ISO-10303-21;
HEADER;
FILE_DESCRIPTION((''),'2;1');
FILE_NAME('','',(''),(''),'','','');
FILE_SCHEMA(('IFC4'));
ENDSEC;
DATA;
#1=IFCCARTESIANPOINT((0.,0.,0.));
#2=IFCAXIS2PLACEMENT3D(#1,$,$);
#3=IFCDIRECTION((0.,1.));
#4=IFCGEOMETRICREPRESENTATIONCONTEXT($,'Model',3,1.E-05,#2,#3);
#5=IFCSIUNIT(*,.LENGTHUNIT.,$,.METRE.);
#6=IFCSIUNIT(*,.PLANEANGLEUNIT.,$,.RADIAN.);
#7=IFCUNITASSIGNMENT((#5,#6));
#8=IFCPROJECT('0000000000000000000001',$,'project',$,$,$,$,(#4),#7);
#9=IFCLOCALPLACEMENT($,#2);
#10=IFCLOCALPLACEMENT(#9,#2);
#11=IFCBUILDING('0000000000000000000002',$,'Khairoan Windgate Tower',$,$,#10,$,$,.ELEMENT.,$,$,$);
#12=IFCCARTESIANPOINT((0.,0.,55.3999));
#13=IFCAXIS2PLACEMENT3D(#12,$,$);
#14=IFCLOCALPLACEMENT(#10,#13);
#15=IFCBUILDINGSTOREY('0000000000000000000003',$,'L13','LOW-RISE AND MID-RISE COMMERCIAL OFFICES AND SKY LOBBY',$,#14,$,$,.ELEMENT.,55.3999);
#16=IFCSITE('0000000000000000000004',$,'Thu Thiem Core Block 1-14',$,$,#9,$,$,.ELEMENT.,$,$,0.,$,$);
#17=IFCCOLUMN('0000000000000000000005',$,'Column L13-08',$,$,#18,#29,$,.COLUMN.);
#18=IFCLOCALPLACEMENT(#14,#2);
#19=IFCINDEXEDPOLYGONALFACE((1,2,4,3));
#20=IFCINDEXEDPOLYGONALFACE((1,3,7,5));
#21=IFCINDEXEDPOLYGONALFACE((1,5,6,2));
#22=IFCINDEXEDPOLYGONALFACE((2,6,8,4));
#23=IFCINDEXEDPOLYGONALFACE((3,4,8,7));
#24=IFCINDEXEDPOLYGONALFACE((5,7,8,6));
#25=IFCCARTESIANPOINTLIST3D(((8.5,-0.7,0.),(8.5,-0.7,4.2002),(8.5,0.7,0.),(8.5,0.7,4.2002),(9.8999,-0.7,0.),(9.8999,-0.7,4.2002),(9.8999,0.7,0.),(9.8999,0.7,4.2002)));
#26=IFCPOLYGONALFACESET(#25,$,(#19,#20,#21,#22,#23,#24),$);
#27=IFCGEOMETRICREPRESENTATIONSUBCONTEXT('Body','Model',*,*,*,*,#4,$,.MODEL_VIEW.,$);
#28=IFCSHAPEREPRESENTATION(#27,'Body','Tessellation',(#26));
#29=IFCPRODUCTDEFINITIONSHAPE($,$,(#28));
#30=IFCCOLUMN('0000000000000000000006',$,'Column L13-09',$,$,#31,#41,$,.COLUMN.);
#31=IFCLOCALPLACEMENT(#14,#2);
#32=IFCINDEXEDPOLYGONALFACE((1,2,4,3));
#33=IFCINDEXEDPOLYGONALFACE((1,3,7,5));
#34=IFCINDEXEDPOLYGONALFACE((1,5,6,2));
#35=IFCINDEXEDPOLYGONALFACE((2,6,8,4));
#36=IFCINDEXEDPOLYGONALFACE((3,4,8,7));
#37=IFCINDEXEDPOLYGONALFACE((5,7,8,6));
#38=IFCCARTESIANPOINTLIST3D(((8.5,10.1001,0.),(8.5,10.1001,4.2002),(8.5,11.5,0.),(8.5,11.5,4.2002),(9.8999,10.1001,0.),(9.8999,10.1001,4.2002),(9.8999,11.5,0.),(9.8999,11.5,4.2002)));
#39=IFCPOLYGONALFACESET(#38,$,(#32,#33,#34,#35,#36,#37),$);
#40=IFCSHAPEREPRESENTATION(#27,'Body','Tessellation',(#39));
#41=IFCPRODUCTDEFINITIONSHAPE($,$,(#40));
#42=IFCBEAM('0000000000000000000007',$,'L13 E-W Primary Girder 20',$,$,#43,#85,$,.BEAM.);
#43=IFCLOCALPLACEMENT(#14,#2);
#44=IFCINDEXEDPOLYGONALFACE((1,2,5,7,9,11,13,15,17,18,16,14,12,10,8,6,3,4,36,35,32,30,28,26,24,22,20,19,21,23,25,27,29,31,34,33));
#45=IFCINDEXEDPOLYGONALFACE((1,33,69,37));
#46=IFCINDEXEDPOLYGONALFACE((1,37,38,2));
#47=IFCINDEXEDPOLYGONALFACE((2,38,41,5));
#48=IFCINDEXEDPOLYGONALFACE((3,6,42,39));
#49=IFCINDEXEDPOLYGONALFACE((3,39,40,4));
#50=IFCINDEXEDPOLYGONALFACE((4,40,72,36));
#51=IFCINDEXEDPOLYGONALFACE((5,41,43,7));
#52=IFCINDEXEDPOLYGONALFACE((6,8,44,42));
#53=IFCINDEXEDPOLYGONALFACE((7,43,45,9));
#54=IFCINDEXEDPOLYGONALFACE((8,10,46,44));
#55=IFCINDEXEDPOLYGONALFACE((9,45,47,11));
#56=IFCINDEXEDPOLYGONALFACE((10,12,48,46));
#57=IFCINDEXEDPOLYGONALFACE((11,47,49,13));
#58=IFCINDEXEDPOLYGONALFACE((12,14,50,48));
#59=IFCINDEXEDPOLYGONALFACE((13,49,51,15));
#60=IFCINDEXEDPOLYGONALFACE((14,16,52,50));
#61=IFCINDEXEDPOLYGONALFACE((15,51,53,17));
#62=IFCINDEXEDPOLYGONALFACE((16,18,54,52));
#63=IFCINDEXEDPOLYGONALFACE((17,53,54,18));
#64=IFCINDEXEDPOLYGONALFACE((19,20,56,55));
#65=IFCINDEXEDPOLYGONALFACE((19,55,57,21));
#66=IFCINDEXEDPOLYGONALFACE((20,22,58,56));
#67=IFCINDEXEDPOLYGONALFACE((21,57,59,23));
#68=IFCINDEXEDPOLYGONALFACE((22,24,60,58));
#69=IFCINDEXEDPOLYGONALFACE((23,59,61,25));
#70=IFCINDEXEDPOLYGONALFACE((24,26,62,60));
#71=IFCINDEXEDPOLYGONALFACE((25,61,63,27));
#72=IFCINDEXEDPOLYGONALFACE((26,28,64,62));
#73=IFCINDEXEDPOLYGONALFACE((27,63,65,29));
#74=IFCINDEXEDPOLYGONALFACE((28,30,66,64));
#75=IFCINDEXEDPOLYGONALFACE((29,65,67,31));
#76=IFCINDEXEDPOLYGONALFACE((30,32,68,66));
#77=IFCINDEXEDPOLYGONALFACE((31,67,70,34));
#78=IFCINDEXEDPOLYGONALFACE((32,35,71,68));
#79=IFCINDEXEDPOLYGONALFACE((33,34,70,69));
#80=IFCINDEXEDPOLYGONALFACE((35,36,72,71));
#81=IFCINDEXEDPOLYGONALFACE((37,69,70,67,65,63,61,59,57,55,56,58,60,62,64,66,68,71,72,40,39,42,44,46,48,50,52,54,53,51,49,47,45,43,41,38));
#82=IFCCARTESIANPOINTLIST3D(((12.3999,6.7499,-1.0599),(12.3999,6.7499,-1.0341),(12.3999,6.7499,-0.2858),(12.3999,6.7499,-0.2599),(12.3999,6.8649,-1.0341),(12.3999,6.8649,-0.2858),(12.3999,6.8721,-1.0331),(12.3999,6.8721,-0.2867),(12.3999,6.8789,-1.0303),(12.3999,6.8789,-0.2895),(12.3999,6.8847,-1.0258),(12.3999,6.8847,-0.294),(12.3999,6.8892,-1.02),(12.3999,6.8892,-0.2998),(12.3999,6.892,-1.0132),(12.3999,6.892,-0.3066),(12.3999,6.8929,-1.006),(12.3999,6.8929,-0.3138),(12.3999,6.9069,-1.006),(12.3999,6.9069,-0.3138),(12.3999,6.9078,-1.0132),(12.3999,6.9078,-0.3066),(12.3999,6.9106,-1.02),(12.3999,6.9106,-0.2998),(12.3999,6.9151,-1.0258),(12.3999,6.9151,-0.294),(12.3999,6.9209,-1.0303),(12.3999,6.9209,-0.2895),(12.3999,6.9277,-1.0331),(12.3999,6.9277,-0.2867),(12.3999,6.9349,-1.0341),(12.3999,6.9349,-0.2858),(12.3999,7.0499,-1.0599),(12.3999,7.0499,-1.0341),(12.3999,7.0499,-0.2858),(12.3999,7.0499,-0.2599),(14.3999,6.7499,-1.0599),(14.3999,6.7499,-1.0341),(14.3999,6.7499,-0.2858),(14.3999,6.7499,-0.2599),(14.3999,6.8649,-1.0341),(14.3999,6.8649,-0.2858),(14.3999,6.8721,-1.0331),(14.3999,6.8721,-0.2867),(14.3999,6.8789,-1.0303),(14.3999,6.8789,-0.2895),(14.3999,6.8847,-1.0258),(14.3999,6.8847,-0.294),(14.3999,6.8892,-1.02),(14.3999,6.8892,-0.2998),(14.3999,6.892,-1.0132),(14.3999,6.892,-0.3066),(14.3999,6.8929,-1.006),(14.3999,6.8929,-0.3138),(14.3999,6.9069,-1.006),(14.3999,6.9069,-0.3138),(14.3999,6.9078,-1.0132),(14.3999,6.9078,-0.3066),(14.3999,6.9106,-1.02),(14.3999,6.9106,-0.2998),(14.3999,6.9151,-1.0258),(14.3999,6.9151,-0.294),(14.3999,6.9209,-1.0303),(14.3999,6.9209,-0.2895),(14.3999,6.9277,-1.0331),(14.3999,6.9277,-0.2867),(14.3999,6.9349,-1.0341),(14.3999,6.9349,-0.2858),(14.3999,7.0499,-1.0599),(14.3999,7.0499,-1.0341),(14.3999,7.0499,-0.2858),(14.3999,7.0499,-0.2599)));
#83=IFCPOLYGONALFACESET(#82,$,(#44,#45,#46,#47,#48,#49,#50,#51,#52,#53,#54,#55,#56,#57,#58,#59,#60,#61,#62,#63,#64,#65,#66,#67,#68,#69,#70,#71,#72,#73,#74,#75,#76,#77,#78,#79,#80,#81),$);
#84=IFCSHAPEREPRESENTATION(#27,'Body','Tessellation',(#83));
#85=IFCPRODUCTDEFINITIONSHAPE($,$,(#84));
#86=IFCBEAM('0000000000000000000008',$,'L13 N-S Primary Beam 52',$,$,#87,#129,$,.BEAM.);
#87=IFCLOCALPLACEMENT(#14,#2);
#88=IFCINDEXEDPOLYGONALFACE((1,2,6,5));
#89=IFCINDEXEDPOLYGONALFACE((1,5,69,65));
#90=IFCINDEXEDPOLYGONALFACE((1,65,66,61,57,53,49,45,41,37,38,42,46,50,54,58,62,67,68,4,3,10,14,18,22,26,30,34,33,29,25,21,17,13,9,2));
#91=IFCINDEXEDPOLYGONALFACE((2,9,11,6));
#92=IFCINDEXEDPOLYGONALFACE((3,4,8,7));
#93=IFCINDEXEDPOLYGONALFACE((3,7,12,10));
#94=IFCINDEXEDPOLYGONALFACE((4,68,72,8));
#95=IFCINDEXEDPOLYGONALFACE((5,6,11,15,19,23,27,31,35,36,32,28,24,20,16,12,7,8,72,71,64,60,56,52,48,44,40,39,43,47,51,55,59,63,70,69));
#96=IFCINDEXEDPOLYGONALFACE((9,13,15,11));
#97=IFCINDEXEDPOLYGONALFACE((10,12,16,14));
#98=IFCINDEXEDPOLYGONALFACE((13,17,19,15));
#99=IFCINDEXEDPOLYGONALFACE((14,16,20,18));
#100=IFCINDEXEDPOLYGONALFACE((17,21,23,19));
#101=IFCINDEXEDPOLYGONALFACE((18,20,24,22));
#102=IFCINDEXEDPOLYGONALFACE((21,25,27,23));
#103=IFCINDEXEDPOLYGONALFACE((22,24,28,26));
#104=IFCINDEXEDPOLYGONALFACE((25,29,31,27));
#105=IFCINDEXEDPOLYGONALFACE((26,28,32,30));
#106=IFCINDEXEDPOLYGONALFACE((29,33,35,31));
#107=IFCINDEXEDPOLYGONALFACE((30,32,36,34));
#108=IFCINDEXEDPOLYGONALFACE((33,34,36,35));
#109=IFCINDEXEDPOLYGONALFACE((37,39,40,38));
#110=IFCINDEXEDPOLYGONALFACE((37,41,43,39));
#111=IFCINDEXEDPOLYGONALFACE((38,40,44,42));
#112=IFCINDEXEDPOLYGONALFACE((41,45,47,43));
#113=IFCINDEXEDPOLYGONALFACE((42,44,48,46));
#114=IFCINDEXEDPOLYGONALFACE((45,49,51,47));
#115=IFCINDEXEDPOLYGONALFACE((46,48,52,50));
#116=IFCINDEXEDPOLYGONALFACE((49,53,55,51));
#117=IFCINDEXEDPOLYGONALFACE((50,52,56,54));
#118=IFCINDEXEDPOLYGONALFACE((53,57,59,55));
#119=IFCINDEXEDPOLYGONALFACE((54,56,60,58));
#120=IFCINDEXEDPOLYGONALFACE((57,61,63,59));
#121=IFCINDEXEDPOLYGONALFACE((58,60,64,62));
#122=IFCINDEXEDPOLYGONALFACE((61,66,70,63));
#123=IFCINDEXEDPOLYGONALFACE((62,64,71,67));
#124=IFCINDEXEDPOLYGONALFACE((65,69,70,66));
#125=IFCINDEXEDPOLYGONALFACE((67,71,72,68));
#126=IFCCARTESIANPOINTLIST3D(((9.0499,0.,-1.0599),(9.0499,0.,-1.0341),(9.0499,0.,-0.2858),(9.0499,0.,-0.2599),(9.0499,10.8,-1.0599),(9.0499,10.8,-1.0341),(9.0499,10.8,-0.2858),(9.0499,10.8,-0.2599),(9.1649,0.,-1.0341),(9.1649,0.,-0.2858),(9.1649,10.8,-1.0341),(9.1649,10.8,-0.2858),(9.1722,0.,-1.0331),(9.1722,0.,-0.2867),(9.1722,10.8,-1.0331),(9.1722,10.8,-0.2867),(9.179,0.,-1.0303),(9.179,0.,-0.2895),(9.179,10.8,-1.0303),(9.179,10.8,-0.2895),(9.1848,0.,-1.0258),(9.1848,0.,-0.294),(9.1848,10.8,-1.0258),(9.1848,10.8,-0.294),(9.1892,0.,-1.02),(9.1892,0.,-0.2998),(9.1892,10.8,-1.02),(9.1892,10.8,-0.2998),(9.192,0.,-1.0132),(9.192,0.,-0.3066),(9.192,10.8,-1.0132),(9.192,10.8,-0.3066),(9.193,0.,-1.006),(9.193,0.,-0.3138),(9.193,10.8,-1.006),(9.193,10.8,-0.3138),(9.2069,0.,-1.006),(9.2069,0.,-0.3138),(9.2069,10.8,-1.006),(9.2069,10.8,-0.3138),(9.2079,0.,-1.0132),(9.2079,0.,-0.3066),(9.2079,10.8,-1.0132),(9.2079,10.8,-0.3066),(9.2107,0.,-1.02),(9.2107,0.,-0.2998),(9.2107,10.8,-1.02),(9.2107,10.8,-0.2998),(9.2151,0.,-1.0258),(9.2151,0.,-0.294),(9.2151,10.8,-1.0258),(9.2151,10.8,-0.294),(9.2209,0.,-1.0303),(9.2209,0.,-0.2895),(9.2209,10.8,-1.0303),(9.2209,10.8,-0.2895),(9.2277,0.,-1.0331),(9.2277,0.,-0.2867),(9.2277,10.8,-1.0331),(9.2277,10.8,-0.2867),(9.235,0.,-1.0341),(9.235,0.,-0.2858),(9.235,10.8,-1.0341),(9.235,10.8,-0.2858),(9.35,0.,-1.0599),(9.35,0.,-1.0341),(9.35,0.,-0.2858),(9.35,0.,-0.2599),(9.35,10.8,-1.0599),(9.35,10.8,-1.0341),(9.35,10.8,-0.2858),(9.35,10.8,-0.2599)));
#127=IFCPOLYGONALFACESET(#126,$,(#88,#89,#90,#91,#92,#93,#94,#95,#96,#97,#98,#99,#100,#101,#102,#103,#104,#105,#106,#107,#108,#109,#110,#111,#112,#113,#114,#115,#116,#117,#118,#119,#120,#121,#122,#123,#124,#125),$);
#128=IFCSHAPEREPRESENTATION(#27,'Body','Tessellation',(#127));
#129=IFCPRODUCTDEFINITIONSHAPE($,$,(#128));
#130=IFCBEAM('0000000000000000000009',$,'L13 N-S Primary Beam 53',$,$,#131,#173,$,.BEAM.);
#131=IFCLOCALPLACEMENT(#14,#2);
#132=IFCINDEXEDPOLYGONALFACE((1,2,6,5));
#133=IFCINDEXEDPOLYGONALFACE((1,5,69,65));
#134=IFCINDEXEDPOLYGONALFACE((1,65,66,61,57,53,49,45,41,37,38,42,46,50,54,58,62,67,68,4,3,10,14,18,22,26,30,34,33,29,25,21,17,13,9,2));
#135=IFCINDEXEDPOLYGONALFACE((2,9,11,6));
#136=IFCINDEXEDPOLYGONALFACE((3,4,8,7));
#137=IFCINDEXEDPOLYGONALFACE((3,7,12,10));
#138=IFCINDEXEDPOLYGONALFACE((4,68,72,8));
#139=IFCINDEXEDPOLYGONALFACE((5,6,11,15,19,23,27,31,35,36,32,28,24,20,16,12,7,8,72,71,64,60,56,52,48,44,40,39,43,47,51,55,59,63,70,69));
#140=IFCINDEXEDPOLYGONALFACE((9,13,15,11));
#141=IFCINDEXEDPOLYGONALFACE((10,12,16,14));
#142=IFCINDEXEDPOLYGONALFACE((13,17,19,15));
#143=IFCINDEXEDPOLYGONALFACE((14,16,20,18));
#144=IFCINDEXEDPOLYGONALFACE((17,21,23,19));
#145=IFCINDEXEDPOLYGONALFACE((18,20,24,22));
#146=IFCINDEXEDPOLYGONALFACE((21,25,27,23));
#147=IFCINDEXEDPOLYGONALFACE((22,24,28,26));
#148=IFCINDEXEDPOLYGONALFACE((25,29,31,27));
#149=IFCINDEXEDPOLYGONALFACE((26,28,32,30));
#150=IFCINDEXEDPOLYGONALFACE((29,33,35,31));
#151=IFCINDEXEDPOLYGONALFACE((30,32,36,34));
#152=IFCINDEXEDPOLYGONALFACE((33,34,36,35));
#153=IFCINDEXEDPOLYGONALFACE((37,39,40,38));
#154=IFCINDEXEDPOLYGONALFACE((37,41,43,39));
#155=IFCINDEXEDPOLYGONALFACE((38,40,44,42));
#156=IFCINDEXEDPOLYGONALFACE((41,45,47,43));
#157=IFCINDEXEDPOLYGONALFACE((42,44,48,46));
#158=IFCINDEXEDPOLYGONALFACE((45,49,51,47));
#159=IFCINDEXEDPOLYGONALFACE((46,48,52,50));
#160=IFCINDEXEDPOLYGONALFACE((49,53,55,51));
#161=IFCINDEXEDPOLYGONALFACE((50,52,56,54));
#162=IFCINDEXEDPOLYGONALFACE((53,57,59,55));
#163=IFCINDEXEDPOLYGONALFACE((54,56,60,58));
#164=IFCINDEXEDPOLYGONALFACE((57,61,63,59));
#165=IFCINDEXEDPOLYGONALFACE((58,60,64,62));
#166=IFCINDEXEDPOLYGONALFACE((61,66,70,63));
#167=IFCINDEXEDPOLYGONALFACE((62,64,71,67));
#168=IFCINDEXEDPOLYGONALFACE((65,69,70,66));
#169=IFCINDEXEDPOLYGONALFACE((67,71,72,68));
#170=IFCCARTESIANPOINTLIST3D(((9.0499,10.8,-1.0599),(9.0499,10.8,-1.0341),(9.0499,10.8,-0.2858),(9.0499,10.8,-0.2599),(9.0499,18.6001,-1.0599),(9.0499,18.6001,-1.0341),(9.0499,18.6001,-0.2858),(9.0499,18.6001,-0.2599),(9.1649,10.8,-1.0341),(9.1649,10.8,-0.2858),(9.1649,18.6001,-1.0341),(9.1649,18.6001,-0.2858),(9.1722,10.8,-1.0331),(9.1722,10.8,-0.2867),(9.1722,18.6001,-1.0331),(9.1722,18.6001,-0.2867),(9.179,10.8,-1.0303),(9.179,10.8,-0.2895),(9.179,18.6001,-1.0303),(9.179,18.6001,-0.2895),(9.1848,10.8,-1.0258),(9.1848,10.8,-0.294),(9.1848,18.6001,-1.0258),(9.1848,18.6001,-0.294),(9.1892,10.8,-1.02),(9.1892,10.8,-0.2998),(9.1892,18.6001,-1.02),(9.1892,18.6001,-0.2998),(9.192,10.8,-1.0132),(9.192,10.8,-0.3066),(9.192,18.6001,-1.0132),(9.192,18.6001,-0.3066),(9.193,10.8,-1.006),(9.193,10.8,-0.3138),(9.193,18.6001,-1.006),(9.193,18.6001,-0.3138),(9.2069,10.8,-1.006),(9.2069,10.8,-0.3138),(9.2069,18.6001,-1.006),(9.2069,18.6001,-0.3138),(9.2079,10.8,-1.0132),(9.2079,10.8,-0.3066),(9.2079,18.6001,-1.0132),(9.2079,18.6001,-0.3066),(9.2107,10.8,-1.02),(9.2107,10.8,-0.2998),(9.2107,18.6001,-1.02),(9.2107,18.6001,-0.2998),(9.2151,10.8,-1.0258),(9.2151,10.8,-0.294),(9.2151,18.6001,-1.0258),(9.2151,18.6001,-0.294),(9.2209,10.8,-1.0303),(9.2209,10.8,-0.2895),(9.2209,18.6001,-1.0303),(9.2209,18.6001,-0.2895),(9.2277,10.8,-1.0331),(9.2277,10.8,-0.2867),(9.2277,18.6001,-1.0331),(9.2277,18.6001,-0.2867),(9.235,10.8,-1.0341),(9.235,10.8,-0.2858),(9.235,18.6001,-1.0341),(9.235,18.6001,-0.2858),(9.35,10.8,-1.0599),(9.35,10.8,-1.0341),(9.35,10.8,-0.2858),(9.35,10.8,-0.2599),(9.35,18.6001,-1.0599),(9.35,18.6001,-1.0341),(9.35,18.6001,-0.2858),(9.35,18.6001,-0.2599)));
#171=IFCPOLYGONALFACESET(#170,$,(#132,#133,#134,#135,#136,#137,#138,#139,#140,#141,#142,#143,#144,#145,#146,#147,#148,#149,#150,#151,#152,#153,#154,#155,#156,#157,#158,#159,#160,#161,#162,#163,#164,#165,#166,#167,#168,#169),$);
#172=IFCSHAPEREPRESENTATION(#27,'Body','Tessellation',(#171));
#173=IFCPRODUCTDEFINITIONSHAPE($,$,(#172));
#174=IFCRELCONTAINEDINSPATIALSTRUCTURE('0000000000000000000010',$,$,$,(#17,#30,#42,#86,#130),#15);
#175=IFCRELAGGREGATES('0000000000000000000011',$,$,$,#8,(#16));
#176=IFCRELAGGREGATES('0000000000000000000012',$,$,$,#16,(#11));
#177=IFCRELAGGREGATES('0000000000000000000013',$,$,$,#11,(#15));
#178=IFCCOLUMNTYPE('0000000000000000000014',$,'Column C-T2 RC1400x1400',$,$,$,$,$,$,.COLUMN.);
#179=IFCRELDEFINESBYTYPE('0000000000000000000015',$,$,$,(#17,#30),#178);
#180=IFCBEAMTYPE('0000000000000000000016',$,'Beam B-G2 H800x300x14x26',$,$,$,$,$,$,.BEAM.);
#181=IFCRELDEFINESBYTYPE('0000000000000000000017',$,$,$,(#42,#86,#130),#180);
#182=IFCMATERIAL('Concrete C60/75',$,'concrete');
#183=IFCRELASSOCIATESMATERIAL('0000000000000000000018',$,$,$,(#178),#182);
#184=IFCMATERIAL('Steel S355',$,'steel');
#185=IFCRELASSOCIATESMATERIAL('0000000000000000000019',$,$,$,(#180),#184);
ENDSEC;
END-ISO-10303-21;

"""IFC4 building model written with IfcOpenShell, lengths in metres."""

from ifc_helpers import new_model, si_unit, direction, frame, origin, origin_2d, place, context, subcontext, project, spatial, rectangle, i_section, extrude, material, material_profile, profile_set, type_object, element, save


model = new_model("IFC4")

# Units and contexts
model_context = context("Model", 3, precision=1e-05, world=origin(), true_north=direction((0.0, 1.0)))
body_context = subcontext(model_context, "Body", "Model", "MODEL_VIEW")
ifc_project = project(units=[si_unit("LENGTHUNIT", "METRE"), si_unit("PLANEANGLEUNIT", "RADIAN")], contexts=[model_context])

# Site, building, storey
site_placement = place(None, origin())
site = spatial("IfcSite", under=ifc_project, at=site_placement, Name="Thu Thiem Core Block 1-14", CompositionType="ELEMENT", RefElevation=0.0)
building_placement = place(site_placement, origin())
building = spatial("IfcBuilding", under=site, at=building_placement, Name="Khairoan Windgate Tower", CompositionType="ELEMENT")
storey_placement = place(building_placement, frame((0.0, 0.0, 55.3999)))
storey = spatial("IfcBuildingStorey", under=building, at=storey_placement, Name="L13", Description="LOW-RISE AND MID-RISE COMMERCIAL OFFICES AND SKY LOBBY", CompositionType="ELEMENT", Elevation=55.3999)

# Columns
ifc_material_1 = material(Name="Concrete C60/75", Category="concrete")
ifc_material_profile_1 = material_profile(ifc_material_1, rectangle(XDim=1.3999, YDim=1.3999, at=origin_2d()))
ifc_profile_set_1 = profile_set([ifc_material_profile_1], Name="Concrete C60/75")
column_type = type_object("IfcColumnType", Name="Column C-T2 RC1400x1400", PredefinedType="COLUMN", material=ifc_profile_set_1)
for number, where, z_axis, x_axis, name in (
    (1, (9.2, 0.0, 0.0), (0.0, 0.0, 1.0), (1.0, 0.0, 0.0), "Column L13-08"),
    (2, (9.2, 10.8, 0.0), (0.0, 0.0, 1.0), (1.0, 0.0, 0.0), "Column L13-09"),
):
    element("IfcColumn", number, at=place(storey_placement, frame(where, z_axis=z_axis, x_axis=x_axis)), inside=storey, type_object=column_type, Name=name, PredefinedType="COLUMN", context=body_context, shape_type="SweptSolid", body=[
        extrude(rectangle(XDim=1.3999, YDim=1.3999, at=origin_2d()), origin(), (0.0, 0.0, 1.0), 4.2002),
    ])

# Beams
ifc_material_2 = material(Name="Steel S355", Category="steel")
ifc_material_profile_2 = material_profile(ifc_material_2, i_section(OverallWidth=0.3, OverallDepth=0.8, WebThickness=0.0139, FlangeThickness=0.0259, FilletRadius=0.0281, at=origin_2d()))
ifc_profile_set_2 = profile_set([ifc_material_profile_2], Name="Steel S355")
beam_type_1 = type_object("IfcBeamType", Name="Beam B-G2 H800x300x14x26", PredefinedType="BEAM", material=ifc_profile_set_2)
beam_1_placement = place(storey_placement, frame((12.3999, 6.8999, -0.6599), z_axis=(1.0, 0.0, 0.0), x_axis=(0.0, 1.0, 0.0)))
element("IfcBeam", 3, at=beam_1_placement, inside=storey, type_object=beam_type_1, Name="L13 E-W Primary Girder 20", PredefinedType="BEAM", context=body_context, shape_type="SweptSolid", body=[
    extrude(i_section(OverallWidth=0.3, OverallDepth=0.8, WebThickness=0.0139, FlangeThickness=0.0259, FilletRadius=0.0281, at=origin_2d()), origin(), (0.0, 0.0, 1.0), 2.0),
])
beam_2_placement = place(storey_placement, frame((9.2, 0.0, -0.6599), z_axis=(0.0, 1.0, 0.0), x_axis=(-1.0, 0.0, 0.0)))
element("IfcBeam", 4, at=beam_2_placement, inside=storey, type_object=beam_type_1, Name="L13 N-S Primary Beam 52", PredefinedType="BEAM", context=body_context, shape_type="SweptSolid", body=[
    extrude(i_section(OverallWidth=0.3, OverallDepth=0.8, WebThickness=0.0139, FlangeThickness=0.0259, FilletRadius=0.0281, at=origin_2d()), origin(), (0.0, 0.0, 1.0), 10.8),
])
beam_3_placement = place(storey_placement, frame((9.2, 10.8, -0.6599), z_axis=(0.0, 1.0, 0.0), x_axis=(-1.0, 0.0, 0.0)))
element("IfcBeam", 5, at=beam_3_placement, inside=storey, type_object=beam_type_1, Name="L13 N-S Primary Beam 53", PredefinedType="BEAM", context=body_context, shape_type="SweptSolid", body=[
    extrude(i_section(OverallWidth=0.3, OverallDepth=0.8, WebThickness=0.0139, FlangeThickness=0.0259, FilletRadius=0.0281, at=origin_2d()), origin(), (0.0, 0.0, 1.0), 7.8),
])

save(model, "model.ifc")
